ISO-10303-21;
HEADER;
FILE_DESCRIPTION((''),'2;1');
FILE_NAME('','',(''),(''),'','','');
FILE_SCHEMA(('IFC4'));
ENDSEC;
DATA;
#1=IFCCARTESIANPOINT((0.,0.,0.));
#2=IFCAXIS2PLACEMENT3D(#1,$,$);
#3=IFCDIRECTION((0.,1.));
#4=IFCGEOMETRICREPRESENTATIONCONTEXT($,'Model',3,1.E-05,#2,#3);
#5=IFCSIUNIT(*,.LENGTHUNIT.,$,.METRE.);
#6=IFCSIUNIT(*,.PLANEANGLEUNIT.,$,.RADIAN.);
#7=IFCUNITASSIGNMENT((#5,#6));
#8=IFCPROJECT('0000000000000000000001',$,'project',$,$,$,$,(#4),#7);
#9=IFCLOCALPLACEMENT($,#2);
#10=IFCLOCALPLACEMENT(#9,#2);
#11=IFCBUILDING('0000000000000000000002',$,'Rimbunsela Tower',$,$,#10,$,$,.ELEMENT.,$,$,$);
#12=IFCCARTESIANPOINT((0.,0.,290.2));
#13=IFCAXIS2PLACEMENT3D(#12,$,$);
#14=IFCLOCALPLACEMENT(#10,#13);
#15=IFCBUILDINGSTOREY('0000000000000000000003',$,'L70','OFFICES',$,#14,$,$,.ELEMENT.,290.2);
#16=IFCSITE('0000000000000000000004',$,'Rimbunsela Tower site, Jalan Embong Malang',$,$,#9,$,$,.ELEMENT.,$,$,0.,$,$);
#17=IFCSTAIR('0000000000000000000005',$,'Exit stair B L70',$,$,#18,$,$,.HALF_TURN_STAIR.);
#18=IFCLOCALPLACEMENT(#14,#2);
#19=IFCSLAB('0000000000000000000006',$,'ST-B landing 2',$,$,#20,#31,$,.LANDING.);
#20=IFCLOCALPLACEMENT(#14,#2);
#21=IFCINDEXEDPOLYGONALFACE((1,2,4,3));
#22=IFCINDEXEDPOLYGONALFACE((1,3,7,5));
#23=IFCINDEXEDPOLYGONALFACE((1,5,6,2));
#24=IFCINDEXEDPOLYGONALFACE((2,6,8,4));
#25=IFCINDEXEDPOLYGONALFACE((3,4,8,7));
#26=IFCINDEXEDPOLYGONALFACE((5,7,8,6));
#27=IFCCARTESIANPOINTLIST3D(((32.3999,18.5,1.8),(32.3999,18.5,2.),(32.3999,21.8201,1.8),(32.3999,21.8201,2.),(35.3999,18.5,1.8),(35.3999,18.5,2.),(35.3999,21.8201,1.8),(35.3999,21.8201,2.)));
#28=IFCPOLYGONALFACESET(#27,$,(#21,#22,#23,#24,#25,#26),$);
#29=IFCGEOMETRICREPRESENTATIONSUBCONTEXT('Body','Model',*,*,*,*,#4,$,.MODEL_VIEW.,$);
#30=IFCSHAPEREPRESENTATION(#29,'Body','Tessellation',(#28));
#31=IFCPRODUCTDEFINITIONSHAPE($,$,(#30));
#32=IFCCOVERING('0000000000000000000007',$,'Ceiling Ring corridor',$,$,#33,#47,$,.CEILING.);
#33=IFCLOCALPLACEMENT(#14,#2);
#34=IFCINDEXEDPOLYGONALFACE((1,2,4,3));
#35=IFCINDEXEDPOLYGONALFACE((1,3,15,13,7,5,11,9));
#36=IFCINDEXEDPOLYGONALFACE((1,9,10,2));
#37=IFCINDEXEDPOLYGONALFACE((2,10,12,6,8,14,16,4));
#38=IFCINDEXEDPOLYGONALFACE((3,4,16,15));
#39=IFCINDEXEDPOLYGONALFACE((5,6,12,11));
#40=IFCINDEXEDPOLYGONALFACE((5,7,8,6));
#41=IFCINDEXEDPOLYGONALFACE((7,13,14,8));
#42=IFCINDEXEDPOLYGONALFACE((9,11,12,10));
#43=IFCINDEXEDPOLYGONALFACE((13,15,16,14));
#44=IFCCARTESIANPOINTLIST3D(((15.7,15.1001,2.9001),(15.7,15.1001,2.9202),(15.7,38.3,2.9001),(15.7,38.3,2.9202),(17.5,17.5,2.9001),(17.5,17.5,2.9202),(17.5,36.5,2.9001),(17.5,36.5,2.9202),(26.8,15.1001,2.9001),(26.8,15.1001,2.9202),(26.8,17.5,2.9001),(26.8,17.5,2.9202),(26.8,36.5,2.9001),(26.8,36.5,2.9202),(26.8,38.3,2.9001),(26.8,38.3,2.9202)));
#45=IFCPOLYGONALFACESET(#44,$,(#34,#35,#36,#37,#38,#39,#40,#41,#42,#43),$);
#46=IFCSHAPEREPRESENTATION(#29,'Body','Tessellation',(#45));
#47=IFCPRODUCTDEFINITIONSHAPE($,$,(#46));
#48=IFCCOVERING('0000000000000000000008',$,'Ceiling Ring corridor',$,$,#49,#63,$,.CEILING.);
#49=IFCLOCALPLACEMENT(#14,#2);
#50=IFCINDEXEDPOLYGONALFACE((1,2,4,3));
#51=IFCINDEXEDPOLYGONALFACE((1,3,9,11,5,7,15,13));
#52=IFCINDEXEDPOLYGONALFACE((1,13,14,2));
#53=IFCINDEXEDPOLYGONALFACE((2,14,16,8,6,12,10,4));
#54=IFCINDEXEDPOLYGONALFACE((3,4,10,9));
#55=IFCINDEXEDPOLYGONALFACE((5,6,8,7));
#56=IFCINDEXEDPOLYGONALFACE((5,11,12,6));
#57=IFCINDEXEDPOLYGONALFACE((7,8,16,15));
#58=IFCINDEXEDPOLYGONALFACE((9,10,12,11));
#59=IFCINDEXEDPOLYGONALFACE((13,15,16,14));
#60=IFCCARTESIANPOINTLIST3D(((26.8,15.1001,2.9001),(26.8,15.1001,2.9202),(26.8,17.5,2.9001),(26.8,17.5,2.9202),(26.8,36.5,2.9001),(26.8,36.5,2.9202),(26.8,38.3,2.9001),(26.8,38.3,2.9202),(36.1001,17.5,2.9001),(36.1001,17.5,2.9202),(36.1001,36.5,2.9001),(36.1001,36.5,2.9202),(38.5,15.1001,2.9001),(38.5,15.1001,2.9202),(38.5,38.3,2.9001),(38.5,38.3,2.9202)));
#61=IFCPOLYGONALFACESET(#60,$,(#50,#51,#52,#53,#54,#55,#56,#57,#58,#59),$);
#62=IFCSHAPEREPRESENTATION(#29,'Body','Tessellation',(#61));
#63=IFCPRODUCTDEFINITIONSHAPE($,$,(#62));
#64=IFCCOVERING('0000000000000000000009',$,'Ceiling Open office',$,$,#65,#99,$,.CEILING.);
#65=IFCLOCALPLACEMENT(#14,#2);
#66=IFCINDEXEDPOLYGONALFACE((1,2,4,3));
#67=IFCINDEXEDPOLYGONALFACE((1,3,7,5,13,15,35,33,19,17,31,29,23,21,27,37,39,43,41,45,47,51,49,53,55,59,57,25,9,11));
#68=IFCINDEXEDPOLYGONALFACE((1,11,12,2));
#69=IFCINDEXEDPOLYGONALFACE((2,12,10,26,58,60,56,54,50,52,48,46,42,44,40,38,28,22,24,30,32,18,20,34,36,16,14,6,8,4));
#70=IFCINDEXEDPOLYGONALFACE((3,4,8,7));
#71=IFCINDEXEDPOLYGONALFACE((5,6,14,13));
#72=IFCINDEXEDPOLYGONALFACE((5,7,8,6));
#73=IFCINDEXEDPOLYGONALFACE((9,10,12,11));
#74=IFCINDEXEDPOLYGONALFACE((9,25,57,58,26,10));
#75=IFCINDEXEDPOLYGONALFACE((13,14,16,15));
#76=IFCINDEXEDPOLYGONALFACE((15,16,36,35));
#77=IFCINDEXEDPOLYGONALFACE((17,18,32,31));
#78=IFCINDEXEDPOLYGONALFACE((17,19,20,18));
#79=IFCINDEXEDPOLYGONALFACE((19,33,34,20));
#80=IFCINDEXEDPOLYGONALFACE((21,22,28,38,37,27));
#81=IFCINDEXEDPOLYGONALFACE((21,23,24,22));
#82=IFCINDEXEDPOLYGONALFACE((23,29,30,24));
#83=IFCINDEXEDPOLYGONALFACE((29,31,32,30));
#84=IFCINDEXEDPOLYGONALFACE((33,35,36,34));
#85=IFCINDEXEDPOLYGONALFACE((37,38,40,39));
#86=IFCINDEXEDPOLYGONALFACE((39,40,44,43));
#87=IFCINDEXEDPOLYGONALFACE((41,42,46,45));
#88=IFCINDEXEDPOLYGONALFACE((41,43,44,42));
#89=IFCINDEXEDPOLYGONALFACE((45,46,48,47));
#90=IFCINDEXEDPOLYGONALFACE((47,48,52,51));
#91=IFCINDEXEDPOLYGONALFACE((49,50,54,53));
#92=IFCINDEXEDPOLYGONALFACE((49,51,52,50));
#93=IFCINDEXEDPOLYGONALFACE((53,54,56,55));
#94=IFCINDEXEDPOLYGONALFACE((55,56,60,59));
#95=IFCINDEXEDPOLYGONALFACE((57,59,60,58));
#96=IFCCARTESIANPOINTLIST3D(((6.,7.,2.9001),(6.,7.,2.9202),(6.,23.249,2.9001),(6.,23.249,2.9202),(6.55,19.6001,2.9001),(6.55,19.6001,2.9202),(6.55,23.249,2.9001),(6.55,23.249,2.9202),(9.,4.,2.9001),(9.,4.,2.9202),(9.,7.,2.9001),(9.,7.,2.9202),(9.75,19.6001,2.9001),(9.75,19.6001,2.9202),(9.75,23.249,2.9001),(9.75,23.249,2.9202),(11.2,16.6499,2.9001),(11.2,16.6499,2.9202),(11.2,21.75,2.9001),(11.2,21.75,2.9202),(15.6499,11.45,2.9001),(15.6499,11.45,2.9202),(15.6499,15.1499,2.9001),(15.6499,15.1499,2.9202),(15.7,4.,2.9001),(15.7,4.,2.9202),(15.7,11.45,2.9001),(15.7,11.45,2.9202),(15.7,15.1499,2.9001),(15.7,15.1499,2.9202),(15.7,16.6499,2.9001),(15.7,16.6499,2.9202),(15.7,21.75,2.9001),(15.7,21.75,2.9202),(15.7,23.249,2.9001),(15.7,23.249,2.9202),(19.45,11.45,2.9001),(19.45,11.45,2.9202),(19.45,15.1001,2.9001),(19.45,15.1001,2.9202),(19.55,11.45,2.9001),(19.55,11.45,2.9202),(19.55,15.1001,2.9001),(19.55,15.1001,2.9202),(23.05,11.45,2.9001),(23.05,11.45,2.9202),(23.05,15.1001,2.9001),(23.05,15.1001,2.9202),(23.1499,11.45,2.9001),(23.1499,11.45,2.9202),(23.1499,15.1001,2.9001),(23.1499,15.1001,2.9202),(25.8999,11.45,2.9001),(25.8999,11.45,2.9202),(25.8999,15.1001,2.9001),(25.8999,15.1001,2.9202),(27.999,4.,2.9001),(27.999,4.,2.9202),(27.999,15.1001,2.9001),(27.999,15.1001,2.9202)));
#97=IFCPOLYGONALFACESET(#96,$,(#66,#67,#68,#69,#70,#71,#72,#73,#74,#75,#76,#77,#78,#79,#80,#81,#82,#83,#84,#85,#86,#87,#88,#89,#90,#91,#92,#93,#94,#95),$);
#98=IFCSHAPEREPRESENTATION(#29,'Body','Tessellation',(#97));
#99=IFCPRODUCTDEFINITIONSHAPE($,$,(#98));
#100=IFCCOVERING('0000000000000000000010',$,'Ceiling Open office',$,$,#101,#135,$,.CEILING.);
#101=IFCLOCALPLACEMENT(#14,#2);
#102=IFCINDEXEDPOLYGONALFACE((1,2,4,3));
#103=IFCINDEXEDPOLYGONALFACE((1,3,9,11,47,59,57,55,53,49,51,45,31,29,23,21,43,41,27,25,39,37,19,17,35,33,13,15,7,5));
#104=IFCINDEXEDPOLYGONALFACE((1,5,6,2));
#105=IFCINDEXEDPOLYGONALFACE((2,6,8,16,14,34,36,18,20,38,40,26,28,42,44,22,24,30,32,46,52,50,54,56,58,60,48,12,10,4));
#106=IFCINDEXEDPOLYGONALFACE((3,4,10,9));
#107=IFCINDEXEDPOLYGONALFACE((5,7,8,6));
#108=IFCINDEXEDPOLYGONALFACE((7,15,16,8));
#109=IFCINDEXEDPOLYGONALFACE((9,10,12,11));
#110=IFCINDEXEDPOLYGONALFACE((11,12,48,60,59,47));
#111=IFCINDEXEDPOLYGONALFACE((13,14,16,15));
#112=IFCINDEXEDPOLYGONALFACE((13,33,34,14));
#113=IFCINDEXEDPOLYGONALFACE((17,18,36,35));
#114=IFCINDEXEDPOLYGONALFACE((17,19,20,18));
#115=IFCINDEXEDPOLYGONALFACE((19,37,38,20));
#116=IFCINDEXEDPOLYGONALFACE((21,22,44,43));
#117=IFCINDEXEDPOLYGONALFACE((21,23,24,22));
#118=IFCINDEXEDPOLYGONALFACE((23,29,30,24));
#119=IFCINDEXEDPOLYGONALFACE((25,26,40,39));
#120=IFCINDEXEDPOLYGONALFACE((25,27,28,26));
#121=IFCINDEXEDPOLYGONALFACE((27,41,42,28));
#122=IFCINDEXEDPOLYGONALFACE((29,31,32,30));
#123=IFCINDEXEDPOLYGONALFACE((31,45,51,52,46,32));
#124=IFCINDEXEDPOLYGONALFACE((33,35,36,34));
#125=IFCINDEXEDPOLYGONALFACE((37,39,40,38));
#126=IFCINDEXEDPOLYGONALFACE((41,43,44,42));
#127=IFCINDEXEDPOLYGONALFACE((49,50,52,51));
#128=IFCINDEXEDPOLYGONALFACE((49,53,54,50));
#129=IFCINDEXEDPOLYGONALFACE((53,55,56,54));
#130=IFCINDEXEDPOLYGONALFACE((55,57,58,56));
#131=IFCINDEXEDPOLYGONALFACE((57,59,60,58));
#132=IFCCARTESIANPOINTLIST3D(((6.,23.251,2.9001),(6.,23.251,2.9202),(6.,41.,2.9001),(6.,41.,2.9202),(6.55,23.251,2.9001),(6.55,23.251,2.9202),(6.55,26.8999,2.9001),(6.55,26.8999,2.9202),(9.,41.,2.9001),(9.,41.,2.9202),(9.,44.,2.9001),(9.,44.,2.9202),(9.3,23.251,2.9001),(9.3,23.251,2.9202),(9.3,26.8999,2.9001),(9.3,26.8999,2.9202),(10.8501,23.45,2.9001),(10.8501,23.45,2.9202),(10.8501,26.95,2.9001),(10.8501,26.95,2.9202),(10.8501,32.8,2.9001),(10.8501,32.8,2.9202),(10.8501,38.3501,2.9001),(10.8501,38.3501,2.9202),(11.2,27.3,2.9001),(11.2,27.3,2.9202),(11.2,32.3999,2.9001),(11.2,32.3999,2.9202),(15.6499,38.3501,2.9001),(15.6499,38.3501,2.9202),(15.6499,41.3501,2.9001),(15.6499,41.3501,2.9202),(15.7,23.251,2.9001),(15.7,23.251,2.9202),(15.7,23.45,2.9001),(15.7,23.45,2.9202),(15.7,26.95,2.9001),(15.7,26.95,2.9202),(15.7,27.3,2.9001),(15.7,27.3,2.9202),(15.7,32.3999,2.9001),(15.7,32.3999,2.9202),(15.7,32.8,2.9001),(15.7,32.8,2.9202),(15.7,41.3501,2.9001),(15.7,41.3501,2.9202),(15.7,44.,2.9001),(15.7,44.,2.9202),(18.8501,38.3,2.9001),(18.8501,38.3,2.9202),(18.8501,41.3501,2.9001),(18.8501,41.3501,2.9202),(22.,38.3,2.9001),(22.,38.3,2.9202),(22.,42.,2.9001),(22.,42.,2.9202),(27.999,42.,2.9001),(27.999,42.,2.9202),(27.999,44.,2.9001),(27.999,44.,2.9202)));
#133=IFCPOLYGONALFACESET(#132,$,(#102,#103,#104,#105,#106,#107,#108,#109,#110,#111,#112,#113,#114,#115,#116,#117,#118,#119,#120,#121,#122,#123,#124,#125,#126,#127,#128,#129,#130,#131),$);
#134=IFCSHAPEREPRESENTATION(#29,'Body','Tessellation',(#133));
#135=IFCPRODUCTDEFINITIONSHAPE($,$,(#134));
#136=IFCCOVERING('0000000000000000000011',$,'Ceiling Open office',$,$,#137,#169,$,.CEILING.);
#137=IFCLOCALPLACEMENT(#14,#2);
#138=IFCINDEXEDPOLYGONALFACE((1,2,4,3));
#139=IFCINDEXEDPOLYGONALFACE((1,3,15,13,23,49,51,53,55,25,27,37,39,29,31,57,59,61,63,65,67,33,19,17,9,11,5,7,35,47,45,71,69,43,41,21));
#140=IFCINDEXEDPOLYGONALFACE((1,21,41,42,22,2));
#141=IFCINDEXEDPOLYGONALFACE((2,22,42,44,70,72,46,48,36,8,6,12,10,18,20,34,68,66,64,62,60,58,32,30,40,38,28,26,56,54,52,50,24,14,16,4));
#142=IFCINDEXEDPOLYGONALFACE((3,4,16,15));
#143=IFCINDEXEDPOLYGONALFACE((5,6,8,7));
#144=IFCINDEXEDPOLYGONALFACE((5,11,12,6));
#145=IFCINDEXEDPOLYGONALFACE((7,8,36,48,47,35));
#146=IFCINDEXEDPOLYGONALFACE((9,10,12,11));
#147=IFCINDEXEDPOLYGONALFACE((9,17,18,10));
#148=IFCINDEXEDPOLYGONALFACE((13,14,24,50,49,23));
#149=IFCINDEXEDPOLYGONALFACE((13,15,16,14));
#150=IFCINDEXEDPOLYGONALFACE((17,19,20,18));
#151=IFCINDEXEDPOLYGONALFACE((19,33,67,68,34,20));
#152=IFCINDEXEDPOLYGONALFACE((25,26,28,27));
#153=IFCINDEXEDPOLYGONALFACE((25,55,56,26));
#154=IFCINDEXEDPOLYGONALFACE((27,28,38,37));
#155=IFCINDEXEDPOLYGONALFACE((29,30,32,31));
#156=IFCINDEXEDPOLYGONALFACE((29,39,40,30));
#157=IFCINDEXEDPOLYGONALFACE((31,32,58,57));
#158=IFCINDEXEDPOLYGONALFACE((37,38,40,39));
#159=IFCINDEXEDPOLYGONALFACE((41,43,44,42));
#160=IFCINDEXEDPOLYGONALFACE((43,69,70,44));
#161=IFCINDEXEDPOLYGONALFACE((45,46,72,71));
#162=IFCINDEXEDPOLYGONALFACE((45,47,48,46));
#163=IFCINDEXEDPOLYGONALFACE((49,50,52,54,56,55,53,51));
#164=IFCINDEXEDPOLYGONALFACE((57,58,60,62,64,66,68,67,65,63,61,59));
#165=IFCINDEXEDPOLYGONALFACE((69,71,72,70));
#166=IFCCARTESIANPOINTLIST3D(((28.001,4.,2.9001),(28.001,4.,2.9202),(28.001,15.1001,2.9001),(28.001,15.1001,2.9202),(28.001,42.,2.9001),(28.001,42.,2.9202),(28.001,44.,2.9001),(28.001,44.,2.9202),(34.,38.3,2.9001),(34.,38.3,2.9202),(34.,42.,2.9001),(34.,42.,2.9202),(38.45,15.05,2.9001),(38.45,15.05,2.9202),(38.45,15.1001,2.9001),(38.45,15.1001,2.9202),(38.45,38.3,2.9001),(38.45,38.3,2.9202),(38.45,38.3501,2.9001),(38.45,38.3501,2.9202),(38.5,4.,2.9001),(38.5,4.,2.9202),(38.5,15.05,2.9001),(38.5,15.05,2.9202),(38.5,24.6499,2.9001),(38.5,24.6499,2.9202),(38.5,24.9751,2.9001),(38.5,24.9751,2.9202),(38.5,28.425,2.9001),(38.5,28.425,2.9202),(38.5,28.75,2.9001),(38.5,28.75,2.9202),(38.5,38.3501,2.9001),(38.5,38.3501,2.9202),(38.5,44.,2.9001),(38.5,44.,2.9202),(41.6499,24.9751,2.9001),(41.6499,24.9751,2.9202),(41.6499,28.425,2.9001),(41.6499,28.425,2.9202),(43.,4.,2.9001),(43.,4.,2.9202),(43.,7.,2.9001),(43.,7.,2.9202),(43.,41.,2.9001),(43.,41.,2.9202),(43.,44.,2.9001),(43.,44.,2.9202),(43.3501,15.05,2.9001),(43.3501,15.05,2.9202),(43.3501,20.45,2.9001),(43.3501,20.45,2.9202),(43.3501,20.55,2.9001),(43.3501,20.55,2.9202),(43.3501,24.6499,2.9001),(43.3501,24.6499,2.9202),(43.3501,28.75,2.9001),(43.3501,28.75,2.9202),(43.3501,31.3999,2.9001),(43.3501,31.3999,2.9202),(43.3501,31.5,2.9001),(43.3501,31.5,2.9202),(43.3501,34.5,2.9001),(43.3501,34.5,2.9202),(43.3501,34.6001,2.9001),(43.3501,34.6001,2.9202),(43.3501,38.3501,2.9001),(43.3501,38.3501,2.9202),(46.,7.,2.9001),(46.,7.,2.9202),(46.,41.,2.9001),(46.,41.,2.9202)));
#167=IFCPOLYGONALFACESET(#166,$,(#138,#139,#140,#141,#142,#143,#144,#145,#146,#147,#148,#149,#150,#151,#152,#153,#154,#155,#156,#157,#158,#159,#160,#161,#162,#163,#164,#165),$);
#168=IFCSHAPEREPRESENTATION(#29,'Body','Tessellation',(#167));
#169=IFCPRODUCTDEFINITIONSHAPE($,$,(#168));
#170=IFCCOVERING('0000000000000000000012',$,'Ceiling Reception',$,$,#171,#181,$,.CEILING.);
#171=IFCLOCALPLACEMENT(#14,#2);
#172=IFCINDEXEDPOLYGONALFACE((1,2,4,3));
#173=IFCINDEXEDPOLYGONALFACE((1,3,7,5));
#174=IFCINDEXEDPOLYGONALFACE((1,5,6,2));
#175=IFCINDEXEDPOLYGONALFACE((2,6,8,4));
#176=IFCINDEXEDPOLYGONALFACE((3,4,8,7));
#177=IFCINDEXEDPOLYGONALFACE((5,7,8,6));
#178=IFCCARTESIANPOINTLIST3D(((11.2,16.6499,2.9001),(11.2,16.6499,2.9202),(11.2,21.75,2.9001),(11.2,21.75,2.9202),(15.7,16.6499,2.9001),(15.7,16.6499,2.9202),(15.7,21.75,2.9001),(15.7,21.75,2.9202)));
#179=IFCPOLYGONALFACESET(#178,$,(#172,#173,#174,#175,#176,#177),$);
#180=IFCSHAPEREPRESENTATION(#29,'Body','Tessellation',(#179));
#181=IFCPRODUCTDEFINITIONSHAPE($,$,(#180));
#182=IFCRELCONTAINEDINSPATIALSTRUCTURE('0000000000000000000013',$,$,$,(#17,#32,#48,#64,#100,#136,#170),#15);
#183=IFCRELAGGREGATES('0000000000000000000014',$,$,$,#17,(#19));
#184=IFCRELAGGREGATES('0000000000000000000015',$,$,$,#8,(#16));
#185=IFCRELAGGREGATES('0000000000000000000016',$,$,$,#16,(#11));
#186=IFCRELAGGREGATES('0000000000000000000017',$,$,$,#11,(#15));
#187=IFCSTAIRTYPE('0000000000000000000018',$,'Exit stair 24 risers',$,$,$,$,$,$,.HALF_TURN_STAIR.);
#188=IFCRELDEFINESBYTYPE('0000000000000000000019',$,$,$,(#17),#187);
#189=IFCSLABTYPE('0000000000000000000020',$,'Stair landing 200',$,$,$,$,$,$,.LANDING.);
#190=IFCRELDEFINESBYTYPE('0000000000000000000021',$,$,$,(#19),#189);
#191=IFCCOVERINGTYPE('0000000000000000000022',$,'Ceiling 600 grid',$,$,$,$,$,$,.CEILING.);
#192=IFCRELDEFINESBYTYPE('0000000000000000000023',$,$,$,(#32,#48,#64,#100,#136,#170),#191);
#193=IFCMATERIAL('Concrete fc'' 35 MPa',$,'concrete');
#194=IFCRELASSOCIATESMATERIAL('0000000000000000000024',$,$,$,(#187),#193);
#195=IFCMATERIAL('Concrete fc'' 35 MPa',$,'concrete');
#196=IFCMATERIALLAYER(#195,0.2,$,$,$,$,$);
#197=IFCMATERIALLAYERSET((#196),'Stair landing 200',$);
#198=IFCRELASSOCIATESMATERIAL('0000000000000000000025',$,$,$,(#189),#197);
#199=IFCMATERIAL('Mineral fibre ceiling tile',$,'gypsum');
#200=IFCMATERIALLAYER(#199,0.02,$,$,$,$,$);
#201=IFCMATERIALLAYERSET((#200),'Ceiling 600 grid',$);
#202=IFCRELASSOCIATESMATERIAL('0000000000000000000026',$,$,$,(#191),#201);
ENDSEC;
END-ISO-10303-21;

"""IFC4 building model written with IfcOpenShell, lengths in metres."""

from ifc_helpers import new_model, si_unit, direction, frame, origin, place, context, subcontext, project, spatial, polyline, outline, extrude, material, layer, layer_set, type_object, element, aggregate, save


model = new_model("IFC4")

# Units and contexts
model_context = context("Model", 3, precision=1e-05, world=origin(), true_north=direction((0.0, 1.0)))
body_context = subcontext(model_context, "Body", "Model", "MODEL_VIEW")
ifc_project = project(units=[si_unit("LENGTHUNIT", "METRE"), si_unit("PLANEANGLEUNIT", "RADIAN")], contexts=[model_context])

# Site, building, storey
site_placement = place(None, origin())
site = spatial("IfcSite", under=ifc_project, at=site_placement, Name="Rimbunsela Tower site, Jalan Embong Malang", CompositionType="ELEMENT", RefElevation=0.0)
building_placement = place(site_placement, origin())
building = spatial("IfcBuilding", under=site, at=building_placement, Name="Rimbunsela Tower", CompositionType="ELEMENT")
storey_placement = place(building_placement, frame((0.0, 0.0, 290.2)))
storey = spatial("IfcBuildingStorey", under=building, at=storey_placement, Name="L70", Description="OFFICES", CompositionType="ELEMENT", Elevation=290.2)

# Stair, slab
ifc_material_1 = material(Name="Concrete fc' 35 MPa", Category="concrete")
stair_type = type_object("IfcStairType", Name="Exit stair 24 risers", PredefinedType="HALF_TURN_STAIR", material=ifc_material_1)
stair_placement = place(storey_placement, origin())
stair = element("IfcStair", 1, at=stair_placement, inside=storey, type_object=stair_type, Name="Exit stair B L70", PredefinedType="HALF_TURN_STAIR")
ifc_material_2 = material(Name="Concrete fc' 35 MPa", Category="concrete")
ifc_layer_1 = layer(ifc_material_2, 0.2)
ifc_layer_set_1 = layer_set([ifc_layer_1], Name="Stair landing 200")
slab_type = type_object("IfcSlabType", Name="Stair landing 200", PredefinedType="LANDING", material=ifc_layer_set_1)
slab_placement = place(storey_placement, frame((0.0, 0.0, 1.8)))
slab = element("IfcSlab", 2, at=slab_placement, type_object=slab_type, Name="ST-B landing 2", PredefinedType="LANDING", context=body_context, shape_type="SweptSolid", body=[
    extrude(outline(polyline([(32.3999, 18.5), (35.3999, 18.5), (35.3999, 21.8201), (32.3999, 21.8201), (32.3999, 18.5)])), origin(), (0.0, 0.0, 1.0), 0.2),
])
aggregate(stair, [slab])

# Coverings
ifc_material_3 = material(Name="Mineral fibre ceiling tile", Category="gypsum")
ifc_layer_2 = layer(ifc_material_3, 0.02)
ifc_layer_set_2 = layer_set([ifc_layer_2], Name="Ceiling 600 grid")
covering_type_1 = type_object("IfcCoveringType", Name="Ceiling 600 grid", PredefinedType="CEILING", material=ifc_layer_set_2)
covering_1_placement = place(storey_placement, frame((0.0, 0.0, 2.9001)))
element("IfcCovering", 3, at=covering_1_placement, inside=storey, type_object=covering_type_1, Name="Ceiling Ring corridor", PredefinedType="CEILING", context=body_context, shape_type="SweptSolid", body=[
    extrude(outline(polyline([(15.7, 38.3), (26.8, 38.3), (26.8, 36.5), (17.5, 36.5), (17.5, 17.5), (26.8, 17.5), (26.8, 15.1001), (15.7, 15.1001), (15.7, 38.3)])), origin(), (0.0, 0.0, 1.0), 0.02),
])
covering_2_placement = place(storey_placement, frame((0.0, 0.0, 2.9001)))
element("IfcCovering", 4, at=covering_2_placement, inside=storey, type_object=covering_type_1, Name="Ceiling Ring corridor", PredefinedType="CEILING", context=body_context, shape_type="SweptSolid", body=[
    extrude(outline(polyline([(38.5, 38.3), (38.5, 15.1001), (26.8, 15.1001), (26.8, 17.5), (36.1001, 17.5), (36.1001, 36.5), (26.8, 36.5), (26.8, 38.3), (38.5, 38.3)])), origin(), (0.0, 0.0, 1.0), 0.02),
])
covering_3_placement = place(storey_placement, frame((0.0, 0.0, 2.9001)))
element("IfcCovering", 5, at=covering_3_placement, inside=storey, type_object=covering_type_1, Name="Ceiling Open office", PredefinedType="CEILING", context=body_context, shape_type="SweptSolid", body=[
    extrude(outline(polyline([(19.45, 15.1001), (19.55, 15.1001), (19.55, 11.45), (23.05, 11.45), (23.05, 15.1001), (23.1499, 15.1001), (23.1499, 11.45), (25.8999, 11.45), (25.8999, 15.1001), (27.999, 15.1001), (27.999, 4.0), (15.7, 4.0), (9.0, 4.0), (9.0, 7.0), (6.0, 7.0), (6.0, 23.249), (6.55, 23.249), (6.55, 19.6001), (9.75, 19.6001), (9.75, 23.249), (15.7, 23.249), (15.7, 21.75), (11.2, 21.75), (11.2, 16.6499), (15.7, 16.6499), (15.7, 15.1499), (15.6499, 15.1499), (15.6499, 11.45), (15.7, 11.45), (19.45, 11.45), (19.45, 15.1001)])), origin(), (0.0, 0.0, 1.0), 0.02),
])
covering_4_placement = place(storey_placement, frame((0.0, 0.0, 2.9001)))
element("IfcCovering", 6, at=covering_4_placement, inside=storey, type_object=covering_type_1, Name="Ceiling Open office", PredefinedType="CEILING", context=body_context, shape_type="SweptSolid", body=[
    extrude(outline(polyline([(15.6499, 38.3501), (10.8501, 38.3501), (10.8501, 32.8), (15.7, 32.8), (15.7, 32.3999), (11.2, 32.3999), (11.2, 27.3), (15.7, 27.3), (15.7, 26.95), (10.8501, 26.95), (10.8501, 23.45), (15.7, 23.45), (15.7, 23.251), (9.3, 23.251), (9.3, 26.8999), (6.55, 26.8999), (6.55, 23.251), (6.0, 23.251), (6.0, 41.0), (9.0, 41.0), (9.0, 44.0), (15.7, 44.0), (27.999, 44.0), (27.999, 42.0), (22.0, 42.0), (22.0, 38.3), (18.8501, 38.3), (18.8501, 41.3501), (15.7, 41.3501), (15.6499, 41.3501), (15.6499, 38.3501)])), origin(), (0.0, 0.0, 1.0), 0.02),
])
covering_5_placement = place(storey_placement, frame((0.0, 0.0, 2.9001)))
element("IfcCovering", 7, at=covering_5_placement, inside=storey, type_object=covering_type_1, Name="Ceiling Open office", PredefinedType="CEILING", context=body_context, shape_type="SweptSolid", body=[
    extrude(outline(polyline([(28.001, 15.1001), (38.45, 15.1001), (38.45, 15.05), (38.5, 15.05), (43.3501, 15.05), (43.3501, 20.45), (43.3501, 20.55), (43.3501, 24.6499), (38.5, 24.6499), (38.5, 24.9751), (41.6499, 24.9751), (41.6499, 28.425), (38.5, 28.425), (38.5, 28.75), (43.3501, 28.75), (43.3501, 31.3999), (43.3501, 31.5), (43.3501, 34.5), (43.3501, 34.6001), (43.3501, 38.3501), (38.5, 38.3501), (38.45, 38.3501), (38.45, 38.3), (34.0, 38.3), (34.0, 42.0), (28.001, 42.0), (28.001, 44.0), (38.5, 44.0), (43.0, 44.0), (43.0, 41.0), (46.0, 41.0), (46.0, 7.0), (43.0, 7.0), (43.0, 4.0), (38.5, 4.0), (28.001, 4.0), (28.001, 15.1001)])), origin(), (0.0, 0.0, 1.0), 0.02),
])
covering_6_placement = place(storey_placement, frame((0.0, 0.0, 2.9001)))
element("IfcCovering", 8, at=covering_6_placement, inside=storey, type_object=covering_type_1, Name="Ceiling Reception", PredefinedType="CEILING", context=body_context, shape_type="SweptSolid", body=[
    extrude(outline(polyline([(15.7, 16.6499), (15.7, 21.75), (11.2, 21.75), (11.2, 16.6499), (15.7, 16.6499)])), origin(), (0.0, 0.0, 1.0), 0.02),
])

save(model, "model.ifc")
